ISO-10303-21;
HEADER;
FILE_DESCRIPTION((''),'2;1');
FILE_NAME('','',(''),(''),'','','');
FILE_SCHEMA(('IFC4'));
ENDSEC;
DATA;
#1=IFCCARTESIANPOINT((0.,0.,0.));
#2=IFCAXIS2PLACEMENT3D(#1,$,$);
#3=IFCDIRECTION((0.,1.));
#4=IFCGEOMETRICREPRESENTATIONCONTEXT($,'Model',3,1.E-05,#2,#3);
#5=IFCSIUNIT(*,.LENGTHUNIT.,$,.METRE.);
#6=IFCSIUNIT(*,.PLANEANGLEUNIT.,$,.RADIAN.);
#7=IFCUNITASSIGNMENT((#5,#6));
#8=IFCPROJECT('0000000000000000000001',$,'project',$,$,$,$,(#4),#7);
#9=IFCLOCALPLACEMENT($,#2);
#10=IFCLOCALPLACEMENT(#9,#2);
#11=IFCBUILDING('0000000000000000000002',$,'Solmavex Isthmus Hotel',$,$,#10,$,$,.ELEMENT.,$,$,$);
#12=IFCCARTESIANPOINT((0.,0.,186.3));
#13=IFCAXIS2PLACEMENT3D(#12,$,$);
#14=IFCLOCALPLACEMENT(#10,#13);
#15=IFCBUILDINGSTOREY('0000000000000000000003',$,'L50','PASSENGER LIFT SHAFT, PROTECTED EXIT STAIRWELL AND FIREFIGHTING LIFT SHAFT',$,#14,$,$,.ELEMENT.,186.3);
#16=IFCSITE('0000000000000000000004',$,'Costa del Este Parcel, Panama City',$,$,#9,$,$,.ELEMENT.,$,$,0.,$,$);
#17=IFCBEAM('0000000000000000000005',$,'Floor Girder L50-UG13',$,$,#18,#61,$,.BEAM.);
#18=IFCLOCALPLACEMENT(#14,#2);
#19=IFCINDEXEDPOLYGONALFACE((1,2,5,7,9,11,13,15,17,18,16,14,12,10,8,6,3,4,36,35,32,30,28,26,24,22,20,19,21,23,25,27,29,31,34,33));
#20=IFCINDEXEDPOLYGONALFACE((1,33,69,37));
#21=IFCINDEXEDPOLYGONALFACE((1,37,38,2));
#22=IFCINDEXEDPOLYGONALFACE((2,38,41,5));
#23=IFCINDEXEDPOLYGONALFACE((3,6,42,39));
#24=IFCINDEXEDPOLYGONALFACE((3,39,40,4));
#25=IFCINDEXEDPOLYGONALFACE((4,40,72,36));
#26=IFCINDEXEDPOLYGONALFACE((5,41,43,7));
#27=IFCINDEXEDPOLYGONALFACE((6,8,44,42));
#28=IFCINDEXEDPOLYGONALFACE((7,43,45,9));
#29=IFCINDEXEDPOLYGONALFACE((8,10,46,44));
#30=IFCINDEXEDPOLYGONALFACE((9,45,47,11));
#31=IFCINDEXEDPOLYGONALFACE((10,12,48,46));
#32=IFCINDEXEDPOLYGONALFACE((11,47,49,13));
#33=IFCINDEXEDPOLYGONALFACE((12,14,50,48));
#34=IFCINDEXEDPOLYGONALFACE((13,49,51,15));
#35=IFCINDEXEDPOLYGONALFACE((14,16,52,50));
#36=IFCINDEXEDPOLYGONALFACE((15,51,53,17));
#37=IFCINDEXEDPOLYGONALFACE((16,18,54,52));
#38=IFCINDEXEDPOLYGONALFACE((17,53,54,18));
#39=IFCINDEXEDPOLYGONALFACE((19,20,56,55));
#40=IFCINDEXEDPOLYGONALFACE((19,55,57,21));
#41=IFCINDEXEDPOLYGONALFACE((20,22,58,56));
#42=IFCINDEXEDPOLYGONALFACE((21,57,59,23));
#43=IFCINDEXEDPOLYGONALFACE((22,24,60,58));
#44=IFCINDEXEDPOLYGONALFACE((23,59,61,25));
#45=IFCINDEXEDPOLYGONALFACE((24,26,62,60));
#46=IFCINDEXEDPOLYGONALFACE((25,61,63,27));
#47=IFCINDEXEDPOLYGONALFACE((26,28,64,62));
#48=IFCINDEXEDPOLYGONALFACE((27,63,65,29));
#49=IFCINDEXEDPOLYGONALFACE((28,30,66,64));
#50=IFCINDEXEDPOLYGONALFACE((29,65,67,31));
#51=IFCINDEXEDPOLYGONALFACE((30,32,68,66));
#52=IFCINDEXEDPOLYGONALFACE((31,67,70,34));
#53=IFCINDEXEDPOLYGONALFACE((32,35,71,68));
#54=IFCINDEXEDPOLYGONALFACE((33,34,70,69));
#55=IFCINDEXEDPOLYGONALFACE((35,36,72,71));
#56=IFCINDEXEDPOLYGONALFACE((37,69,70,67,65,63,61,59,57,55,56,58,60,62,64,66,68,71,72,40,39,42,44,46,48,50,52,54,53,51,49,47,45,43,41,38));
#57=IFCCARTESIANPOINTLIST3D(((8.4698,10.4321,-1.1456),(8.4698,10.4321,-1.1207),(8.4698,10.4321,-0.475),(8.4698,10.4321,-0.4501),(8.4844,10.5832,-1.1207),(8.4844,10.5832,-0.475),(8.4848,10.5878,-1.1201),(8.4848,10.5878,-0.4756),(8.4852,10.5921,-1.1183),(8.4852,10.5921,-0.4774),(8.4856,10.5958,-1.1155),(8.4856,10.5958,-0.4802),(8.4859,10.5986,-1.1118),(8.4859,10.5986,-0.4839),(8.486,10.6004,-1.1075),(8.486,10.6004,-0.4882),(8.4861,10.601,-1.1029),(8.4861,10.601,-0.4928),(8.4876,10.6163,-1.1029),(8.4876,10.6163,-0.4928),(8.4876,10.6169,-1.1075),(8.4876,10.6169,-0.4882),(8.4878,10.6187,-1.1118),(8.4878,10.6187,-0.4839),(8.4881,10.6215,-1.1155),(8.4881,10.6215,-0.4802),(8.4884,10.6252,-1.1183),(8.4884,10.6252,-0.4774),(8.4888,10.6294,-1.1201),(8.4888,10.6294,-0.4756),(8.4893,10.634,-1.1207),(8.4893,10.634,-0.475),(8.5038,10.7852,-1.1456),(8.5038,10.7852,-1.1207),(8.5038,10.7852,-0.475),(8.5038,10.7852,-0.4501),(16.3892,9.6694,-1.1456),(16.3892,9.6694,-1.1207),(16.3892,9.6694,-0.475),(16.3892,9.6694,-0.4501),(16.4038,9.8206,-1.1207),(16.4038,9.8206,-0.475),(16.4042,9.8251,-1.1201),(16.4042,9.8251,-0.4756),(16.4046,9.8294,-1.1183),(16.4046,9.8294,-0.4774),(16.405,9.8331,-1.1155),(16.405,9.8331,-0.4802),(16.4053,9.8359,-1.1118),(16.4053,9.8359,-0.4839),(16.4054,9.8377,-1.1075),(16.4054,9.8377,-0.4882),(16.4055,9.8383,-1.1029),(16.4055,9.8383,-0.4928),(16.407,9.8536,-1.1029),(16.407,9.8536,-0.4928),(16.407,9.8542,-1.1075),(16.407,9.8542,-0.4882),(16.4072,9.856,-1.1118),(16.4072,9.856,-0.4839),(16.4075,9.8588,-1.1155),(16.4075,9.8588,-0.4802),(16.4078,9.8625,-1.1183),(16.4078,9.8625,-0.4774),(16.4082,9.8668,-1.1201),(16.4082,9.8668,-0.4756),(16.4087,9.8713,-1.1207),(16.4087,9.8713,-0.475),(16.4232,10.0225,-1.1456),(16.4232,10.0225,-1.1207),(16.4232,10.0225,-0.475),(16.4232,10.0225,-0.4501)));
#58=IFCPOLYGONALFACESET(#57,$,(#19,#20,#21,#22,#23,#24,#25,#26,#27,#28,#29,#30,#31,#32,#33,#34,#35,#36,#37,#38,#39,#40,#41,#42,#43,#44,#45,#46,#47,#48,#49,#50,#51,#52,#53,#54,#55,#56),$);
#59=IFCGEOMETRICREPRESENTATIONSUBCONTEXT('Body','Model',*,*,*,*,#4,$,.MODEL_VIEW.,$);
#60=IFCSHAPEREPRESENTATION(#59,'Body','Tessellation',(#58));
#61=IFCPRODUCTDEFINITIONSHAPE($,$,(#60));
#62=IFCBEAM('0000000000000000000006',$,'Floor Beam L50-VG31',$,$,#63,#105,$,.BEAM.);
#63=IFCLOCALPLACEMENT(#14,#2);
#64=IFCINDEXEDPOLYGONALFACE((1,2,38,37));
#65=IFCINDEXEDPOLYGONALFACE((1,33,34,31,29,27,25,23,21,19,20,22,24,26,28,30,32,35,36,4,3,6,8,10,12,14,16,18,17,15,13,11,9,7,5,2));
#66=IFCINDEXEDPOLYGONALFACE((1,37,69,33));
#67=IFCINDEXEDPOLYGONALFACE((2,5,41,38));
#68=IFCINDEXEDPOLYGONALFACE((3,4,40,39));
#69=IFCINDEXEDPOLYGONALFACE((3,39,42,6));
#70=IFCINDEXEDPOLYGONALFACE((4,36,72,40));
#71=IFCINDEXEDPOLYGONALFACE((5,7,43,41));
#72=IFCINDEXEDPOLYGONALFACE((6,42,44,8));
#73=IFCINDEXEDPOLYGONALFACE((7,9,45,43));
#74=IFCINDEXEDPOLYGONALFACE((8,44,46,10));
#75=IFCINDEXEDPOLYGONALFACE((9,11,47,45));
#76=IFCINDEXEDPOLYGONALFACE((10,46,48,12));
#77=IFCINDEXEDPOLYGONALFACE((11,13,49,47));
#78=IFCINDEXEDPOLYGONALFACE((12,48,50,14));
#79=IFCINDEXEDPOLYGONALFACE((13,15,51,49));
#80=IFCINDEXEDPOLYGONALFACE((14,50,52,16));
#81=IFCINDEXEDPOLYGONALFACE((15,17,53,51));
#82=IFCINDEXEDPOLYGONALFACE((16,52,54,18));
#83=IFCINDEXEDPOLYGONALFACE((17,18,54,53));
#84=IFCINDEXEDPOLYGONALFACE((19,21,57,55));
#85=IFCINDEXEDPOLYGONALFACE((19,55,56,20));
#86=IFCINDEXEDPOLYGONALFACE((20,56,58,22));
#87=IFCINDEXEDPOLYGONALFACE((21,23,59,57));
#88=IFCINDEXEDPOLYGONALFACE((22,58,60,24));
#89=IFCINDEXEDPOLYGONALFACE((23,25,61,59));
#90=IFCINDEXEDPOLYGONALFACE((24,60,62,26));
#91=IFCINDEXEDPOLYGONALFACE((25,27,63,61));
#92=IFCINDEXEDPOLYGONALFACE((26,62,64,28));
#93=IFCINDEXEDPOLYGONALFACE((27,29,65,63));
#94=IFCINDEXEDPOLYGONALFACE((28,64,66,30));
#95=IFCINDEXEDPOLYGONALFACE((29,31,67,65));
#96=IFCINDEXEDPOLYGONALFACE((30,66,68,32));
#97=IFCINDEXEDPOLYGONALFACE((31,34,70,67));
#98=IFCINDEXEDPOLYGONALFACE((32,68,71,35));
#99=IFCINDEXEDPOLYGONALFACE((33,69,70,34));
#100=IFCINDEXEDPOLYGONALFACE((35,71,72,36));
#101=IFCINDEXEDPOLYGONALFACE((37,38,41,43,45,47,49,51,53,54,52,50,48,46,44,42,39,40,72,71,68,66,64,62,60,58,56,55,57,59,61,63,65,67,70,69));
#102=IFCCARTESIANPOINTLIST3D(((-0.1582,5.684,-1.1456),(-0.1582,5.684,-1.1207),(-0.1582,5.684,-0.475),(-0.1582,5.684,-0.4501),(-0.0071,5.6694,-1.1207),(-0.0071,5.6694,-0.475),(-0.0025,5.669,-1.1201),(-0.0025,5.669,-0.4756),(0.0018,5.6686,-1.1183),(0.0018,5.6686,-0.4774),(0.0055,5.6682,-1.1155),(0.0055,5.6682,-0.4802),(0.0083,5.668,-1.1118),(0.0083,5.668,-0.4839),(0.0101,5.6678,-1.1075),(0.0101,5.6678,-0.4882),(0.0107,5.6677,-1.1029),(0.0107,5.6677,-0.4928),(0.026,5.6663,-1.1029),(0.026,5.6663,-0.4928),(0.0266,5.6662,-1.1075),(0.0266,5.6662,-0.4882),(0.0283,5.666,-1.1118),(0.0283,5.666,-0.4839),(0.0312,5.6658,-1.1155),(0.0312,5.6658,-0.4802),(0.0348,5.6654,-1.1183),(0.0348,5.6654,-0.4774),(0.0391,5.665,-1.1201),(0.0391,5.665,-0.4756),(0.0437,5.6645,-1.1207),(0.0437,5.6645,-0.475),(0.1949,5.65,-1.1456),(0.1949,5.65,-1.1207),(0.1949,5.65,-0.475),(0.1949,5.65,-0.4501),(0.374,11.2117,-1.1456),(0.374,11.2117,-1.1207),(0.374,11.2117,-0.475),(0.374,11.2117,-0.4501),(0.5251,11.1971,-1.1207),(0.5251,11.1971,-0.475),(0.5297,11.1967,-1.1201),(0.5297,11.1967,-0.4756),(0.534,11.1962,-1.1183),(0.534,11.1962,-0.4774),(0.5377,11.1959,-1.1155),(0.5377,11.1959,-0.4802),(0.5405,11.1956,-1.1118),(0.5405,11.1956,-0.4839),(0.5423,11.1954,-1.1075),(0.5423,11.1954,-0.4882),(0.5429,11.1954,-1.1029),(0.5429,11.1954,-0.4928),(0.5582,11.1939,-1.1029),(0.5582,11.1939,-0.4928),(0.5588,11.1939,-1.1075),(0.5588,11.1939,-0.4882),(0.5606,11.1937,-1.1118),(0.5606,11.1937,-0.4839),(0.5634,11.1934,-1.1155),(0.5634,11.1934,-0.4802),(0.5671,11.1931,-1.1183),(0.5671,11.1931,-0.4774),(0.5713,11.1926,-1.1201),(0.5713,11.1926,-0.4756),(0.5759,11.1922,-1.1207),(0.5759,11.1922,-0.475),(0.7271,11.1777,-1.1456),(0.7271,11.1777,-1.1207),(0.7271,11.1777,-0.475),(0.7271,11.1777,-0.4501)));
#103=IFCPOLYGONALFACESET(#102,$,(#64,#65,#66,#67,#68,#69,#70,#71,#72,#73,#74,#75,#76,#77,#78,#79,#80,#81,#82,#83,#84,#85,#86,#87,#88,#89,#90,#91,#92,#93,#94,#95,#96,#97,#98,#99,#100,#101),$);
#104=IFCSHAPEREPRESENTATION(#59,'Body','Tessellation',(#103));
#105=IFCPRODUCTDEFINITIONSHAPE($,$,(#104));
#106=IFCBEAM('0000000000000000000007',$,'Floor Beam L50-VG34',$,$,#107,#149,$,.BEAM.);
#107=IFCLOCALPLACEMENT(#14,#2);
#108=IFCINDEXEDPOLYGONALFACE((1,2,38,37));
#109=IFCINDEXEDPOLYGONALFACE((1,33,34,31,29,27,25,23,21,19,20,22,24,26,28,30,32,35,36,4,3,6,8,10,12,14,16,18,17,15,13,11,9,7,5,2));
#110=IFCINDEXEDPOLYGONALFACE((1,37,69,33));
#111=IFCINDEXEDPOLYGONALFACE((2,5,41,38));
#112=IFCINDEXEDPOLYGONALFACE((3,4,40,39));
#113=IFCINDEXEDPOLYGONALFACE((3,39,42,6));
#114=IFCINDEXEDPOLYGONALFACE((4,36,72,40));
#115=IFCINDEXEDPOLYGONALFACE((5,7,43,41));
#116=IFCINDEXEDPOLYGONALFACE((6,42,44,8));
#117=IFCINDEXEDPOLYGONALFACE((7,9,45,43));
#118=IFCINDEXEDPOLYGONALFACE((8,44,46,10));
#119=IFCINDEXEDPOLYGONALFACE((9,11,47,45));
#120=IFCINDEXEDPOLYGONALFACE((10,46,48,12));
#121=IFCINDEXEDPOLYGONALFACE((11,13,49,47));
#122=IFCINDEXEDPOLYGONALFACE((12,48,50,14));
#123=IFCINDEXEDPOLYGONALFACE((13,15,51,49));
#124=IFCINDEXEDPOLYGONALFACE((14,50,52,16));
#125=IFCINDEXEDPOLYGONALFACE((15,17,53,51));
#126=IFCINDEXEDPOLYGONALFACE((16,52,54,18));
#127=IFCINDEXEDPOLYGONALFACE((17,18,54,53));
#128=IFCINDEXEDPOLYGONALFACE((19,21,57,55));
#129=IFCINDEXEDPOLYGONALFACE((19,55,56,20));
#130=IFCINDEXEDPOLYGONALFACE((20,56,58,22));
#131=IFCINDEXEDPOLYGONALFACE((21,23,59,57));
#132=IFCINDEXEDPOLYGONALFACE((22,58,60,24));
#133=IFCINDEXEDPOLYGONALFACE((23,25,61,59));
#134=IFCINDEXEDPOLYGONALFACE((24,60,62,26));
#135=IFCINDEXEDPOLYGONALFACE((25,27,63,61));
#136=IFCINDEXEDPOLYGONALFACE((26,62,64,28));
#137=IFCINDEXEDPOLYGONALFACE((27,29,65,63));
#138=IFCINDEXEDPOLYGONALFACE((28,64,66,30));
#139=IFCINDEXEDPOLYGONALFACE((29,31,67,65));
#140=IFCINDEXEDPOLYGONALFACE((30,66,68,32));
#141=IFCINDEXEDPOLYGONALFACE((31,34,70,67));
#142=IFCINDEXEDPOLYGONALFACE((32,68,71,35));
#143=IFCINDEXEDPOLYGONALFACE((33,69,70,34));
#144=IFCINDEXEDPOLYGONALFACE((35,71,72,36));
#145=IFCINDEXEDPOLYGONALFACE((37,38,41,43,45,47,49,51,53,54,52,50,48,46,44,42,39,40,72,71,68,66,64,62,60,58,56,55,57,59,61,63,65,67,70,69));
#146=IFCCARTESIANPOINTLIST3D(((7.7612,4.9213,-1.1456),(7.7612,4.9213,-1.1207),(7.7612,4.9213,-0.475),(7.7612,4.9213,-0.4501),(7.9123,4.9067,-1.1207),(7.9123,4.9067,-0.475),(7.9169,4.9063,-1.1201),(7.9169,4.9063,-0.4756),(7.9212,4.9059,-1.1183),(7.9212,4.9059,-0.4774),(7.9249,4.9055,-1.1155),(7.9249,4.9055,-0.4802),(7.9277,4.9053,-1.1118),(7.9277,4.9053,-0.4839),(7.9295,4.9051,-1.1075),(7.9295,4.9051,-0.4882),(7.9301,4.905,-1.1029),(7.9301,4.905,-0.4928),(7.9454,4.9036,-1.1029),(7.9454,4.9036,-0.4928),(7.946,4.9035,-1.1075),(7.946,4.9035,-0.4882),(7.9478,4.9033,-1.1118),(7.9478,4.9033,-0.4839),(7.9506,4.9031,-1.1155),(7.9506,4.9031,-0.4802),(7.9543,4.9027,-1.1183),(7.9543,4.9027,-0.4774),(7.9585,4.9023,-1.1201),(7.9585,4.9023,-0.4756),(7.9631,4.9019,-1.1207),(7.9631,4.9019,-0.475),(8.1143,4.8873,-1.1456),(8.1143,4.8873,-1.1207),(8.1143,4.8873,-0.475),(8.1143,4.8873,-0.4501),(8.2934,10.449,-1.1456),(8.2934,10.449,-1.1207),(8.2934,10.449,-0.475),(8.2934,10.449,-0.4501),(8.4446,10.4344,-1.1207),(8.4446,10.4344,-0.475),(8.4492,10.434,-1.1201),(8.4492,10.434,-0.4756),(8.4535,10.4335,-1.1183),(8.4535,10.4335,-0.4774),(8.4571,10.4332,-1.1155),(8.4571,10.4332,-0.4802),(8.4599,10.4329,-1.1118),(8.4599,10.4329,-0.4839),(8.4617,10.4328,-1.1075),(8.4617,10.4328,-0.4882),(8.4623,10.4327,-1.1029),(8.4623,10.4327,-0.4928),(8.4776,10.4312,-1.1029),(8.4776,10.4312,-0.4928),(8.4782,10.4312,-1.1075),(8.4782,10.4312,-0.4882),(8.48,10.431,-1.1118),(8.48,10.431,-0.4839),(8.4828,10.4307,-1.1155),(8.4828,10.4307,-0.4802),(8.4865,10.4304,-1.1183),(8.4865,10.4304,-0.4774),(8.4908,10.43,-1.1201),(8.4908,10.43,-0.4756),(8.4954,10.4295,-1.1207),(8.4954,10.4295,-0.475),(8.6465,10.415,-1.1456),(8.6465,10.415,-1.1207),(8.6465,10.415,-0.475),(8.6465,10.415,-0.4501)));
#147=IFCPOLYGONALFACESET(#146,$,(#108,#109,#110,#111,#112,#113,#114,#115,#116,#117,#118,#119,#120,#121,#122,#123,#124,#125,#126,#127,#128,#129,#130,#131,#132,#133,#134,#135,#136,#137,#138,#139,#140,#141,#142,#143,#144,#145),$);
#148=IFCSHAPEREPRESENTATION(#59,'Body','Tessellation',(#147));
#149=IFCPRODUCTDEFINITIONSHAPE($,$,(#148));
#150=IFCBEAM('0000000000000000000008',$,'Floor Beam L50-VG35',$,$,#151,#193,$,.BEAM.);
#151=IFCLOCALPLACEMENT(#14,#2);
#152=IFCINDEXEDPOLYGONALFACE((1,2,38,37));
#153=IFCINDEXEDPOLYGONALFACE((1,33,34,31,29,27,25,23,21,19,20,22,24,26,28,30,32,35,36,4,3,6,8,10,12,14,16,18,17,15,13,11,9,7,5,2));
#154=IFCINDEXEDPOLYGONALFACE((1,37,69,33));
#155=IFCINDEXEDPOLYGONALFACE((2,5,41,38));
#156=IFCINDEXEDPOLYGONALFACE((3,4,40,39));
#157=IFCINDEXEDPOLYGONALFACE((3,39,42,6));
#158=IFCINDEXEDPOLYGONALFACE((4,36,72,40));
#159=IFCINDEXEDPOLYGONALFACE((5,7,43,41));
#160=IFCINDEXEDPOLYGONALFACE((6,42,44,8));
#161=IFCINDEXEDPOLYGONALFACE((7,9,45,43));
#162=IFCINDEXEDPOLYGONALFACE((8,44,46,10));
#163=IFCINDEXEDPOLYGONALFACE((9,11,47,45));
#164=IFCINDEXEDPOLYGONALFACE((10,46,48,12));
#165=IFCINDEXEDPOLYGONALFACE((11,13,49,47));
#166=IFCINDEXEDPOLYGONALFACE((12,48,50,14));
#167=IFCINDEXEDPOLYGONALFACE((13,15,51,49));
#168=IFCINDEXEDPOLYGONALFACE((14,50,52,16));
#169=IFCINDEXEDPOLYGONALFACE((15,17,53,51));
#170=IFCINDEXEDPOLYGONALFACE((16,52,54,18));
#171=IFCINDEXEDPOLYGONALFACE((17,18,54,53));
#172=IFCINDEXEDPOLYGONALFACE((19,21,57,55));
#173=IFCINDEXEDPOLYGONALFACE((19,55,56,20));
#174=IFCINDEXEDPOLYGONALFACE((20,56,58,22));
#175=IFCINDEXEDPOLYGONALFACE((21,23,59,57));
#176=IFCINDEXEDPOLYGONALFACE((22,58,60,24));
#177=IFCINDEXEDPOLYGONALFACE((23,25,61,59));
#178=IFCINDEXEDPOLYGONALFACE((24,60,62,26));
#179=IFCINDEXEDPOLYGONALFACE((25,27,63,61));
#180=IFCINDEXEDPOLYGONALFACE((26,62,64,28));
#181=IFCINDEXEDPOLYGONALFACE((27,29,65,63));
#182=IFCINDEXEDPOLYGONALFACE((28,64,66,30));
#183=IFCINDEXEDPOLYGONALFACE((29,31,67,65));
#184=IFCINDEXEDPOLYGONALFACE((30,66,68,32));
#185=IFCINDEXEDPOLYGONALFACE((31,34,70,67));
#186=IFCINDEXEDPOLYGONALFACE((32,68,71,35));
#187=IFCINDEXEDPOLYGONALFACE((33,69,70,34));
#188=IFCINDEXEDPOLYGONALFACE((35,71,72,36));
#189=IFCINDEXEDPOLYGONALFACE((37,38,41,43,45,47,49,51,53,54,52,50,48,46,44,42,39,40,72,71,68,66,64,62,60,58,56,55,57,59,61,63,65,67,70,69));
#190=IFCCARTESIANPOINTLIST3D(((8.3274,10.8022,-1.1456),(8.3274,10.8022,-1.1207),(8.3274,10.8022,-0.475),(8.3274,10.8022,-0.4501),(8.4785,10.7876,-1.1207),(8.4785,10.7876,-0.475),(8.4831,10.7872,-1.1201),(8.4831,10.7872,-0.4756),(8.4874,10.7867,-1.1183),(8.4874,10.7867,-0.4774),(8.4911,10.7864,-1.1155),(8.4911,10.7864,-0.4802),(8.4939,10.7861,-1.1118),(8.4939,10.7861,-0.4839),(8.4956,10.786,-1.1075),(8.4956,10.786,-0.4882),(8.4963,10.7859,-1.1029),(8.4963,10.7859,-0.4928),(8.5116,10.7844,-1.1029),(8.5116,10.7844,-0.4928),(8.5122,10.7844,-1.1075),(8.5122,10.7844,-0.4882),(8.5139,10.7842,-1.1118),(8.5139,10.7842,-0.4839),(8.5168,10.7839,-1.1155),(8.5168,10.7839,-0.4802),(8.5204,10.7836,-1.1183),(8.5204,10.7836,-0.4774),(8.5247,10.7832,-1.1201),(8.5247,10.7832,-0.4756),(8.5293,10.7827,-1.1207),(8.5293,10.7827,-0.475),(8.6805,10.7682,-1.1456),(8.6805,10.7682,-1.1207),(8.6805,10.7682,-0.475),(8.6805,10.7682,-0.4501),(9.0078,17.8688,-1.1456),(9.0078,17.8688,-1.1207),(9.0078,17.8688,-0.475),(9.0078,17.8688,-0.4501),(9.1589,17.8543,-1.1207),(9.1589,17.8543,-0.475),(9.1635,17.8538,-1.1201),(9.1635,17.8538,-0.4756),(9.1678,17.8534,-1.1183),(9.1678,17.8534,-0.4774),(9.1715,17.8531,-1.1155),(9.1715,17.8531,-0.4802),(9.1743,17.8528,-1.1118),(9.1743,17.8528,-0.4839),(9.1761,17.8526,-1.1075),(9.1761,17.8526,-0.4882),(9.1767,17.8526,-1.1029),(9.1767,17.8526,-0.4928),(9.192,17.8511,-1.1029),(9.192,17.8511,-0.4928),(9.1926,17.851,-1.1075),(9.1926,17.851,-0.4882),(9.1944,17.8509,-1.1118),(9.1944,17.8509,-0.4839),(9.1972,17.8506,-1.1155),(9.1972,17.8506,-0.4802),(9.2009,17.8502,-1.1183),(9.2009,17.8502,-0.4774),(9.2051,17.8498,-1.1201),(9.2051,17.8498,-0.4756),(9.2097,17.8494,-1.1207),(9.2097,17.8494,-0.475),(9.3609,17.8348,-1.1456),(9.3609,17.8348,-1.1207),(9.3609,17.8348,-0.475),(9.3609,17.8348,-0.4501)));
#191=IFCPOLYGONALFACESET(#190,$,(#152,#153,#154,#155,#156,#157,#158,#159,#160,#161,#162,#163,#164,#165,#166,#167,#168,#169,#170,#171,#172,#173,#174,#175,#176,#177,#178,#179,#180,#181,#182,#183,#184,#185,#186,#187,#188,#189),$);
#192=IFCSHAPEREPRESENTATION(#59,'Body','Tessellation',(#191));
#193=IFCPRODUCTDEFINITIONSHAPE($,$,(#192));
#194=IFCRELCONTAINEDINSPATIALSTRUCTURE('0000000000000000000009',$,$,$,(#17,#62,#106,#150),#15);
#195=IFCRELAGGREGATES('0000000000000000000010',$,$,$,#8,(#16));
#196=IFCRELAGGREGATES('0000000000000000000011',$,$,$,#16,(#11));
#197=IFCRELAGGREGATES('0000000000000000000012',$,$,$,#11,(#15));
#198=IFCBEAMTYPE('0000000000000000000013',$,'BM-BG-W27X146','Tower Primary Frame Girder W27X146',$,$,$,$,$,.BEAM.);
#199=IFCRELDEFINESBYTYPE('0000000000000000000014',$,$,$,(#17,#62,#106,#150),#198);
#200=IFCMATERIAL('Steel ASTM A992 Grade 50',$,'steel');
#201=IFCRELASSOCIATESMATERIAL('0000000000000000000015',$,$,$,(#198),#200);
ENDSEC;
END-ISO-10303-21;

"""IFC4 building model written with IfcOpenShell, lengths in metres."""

from ifc_helpers import new_model, si_unit, direction, frame, origin, origin_2d, place, context, subcontext, project, spatial, i_section, extrude, material, material_profile, profile_set, type_object, element, save


model = new_model("IFC4")

# Units and contexts
model_context = context("Model", 3, precision=1e-05, world=origin(), true_north=direction((0.0, 1.0)))
body_context = subcontext(model_context, "Body", "Model", "MODEL_VIEW")
ifc_project = project(units=[si_unit("LENGTHUNIT", "METRE"), si_unit("PLANEANGLEUNIT", "RADIAN")], contexts=[model_context])

# Site, building, storey
site_placement = place(None, origin())
site = spatial("IfcSite", under=ifc_project, at=site_placement, Name="Costa del Este Parcel, Panama City", CompositionType="ELEMENT", RefElevation=0.0)
building_placement = place(site_placement, origin())
building = spatial("IfcBuilding", under=site, at=building_placement, Name="Solmavex Isthmus Hotel", CompositionType="ELEMENT")
storey_placement = place(building_placement, frame((0.0, 0.0, 186.3)))
storey = spatial("IfcBuildingStorey", under=building, at=storey_placement, Name="L50", Description="PASSENGER LIFT SHAFT, PROTECTED EXIT STAIRWELL AND FIREFIGHTING LIFT SHAFT", CompositionType="ELEMENT", Elevation=186.3)

# Beams
ifc_material_1 = material(Name="Steel ASTM A992 Grade 50", Category="steel")
ifc_material_profile_1 = material_profile(ifc_material_1, i_section(OverallWidth=0.3547, OverallDepth=0.6956, WebThickness=0.0154, FlangeThickness=0.0249, FilletRadius=0.0178, at=origin_2d()), Name="W27X146")
ifc_profile_set_1 = profile_set([ifc_material_profile_1], Name="Steel ASTM A992 Grade 50")
beam_type_1 = type_object("IfcBeamType", Name="BM-BG-W27X146", Description="Tower Primary Frame Girder W27X146", PredefinedType="BEAM", material=ifc_profile_set_1)
for number, where, z_axis, x_axis, name in (
    (1, (8.4868, 10.6086, -0.7979), (0.995395, -0.095863, 0.0), (0.095863, 0.995395, 0.0), "Floor Girder L50-UG13"),
):
    element("IfcBeam", number, at=place(storey_placement, frame(where, z_axis=z_axis, x_axis=x_axis)), inside=storey, type_object=beam_type_1, Name=name, PredefinedType="BEAM", context=body_context, shape_type="SweptSolid", body=[
        extrude(i_section(OverallWidth=0.3547, OverallDepth=0.6956, WebThickness=0.0154, FlangeThickness=0.0249, FilletRadius=0.0178, at=origin_2d()), origin(), (0.0, 0.0, 1.0), 7.9561),
    ])
for number, where, z_axis, x_axis, name in (
    (2, (0.0183, 5.667, -0.7979), (0.095842, 0.995397, 0.0), (-0.995397, 0.095842, 0.0), "Floor Beam L50-VG31"),
    (3, (7.9377, 4.9043, -0.7979), (0.095842, 0.995397, 0.0), (-0.995397, 0.095842, 0.0), "Floor Beam L50-VG34"),
):
    element("IfcBeam", number, at=place(storey_placement, frame(where, z_axis=z_axis, x_axis=x_axis)), inside=storey, type_object=beam_type_1, Name=name, PredefinedType="BEAM", context=body_context, shape_type="SweptSolid", body=[
        extrude(i_section(OverallWidth=0.3547, OverallDepth=0.6956, WebThickness=0.0154, FlangeThickness=0.0249, FilletRadius=0.0178, at=origin_2d()), origin(), (0.0, 0.0, 1.0), 5.5532),
    ])
beam_1_placement = place(storey_placement, frame((8.5039, 10.7852, -0.7979), z_axis=(0.095843, 0.995396, 0.0), x_axis=(-0.995396, 0.095843, 0.0)))
element("IfcBeam", 4, at=beam_1_placement, inside=storey, type_object=beam_type_1, Name="Floor Beam L50-VG35", PredefinedType="BEAM", context=body_context, shape_type="SweptSolid", body=[
    extrude(i_section(OverallWidth=0.3547, OverallDepth=0.6956, WebThickness=0.0154, FlangeThickness=0.0249, FilletRadius=0.0178, at=origin_2d()), origin(), (0.0, 0.0, 1.0), 7.0994),
])

save(model, "model.ifc")
